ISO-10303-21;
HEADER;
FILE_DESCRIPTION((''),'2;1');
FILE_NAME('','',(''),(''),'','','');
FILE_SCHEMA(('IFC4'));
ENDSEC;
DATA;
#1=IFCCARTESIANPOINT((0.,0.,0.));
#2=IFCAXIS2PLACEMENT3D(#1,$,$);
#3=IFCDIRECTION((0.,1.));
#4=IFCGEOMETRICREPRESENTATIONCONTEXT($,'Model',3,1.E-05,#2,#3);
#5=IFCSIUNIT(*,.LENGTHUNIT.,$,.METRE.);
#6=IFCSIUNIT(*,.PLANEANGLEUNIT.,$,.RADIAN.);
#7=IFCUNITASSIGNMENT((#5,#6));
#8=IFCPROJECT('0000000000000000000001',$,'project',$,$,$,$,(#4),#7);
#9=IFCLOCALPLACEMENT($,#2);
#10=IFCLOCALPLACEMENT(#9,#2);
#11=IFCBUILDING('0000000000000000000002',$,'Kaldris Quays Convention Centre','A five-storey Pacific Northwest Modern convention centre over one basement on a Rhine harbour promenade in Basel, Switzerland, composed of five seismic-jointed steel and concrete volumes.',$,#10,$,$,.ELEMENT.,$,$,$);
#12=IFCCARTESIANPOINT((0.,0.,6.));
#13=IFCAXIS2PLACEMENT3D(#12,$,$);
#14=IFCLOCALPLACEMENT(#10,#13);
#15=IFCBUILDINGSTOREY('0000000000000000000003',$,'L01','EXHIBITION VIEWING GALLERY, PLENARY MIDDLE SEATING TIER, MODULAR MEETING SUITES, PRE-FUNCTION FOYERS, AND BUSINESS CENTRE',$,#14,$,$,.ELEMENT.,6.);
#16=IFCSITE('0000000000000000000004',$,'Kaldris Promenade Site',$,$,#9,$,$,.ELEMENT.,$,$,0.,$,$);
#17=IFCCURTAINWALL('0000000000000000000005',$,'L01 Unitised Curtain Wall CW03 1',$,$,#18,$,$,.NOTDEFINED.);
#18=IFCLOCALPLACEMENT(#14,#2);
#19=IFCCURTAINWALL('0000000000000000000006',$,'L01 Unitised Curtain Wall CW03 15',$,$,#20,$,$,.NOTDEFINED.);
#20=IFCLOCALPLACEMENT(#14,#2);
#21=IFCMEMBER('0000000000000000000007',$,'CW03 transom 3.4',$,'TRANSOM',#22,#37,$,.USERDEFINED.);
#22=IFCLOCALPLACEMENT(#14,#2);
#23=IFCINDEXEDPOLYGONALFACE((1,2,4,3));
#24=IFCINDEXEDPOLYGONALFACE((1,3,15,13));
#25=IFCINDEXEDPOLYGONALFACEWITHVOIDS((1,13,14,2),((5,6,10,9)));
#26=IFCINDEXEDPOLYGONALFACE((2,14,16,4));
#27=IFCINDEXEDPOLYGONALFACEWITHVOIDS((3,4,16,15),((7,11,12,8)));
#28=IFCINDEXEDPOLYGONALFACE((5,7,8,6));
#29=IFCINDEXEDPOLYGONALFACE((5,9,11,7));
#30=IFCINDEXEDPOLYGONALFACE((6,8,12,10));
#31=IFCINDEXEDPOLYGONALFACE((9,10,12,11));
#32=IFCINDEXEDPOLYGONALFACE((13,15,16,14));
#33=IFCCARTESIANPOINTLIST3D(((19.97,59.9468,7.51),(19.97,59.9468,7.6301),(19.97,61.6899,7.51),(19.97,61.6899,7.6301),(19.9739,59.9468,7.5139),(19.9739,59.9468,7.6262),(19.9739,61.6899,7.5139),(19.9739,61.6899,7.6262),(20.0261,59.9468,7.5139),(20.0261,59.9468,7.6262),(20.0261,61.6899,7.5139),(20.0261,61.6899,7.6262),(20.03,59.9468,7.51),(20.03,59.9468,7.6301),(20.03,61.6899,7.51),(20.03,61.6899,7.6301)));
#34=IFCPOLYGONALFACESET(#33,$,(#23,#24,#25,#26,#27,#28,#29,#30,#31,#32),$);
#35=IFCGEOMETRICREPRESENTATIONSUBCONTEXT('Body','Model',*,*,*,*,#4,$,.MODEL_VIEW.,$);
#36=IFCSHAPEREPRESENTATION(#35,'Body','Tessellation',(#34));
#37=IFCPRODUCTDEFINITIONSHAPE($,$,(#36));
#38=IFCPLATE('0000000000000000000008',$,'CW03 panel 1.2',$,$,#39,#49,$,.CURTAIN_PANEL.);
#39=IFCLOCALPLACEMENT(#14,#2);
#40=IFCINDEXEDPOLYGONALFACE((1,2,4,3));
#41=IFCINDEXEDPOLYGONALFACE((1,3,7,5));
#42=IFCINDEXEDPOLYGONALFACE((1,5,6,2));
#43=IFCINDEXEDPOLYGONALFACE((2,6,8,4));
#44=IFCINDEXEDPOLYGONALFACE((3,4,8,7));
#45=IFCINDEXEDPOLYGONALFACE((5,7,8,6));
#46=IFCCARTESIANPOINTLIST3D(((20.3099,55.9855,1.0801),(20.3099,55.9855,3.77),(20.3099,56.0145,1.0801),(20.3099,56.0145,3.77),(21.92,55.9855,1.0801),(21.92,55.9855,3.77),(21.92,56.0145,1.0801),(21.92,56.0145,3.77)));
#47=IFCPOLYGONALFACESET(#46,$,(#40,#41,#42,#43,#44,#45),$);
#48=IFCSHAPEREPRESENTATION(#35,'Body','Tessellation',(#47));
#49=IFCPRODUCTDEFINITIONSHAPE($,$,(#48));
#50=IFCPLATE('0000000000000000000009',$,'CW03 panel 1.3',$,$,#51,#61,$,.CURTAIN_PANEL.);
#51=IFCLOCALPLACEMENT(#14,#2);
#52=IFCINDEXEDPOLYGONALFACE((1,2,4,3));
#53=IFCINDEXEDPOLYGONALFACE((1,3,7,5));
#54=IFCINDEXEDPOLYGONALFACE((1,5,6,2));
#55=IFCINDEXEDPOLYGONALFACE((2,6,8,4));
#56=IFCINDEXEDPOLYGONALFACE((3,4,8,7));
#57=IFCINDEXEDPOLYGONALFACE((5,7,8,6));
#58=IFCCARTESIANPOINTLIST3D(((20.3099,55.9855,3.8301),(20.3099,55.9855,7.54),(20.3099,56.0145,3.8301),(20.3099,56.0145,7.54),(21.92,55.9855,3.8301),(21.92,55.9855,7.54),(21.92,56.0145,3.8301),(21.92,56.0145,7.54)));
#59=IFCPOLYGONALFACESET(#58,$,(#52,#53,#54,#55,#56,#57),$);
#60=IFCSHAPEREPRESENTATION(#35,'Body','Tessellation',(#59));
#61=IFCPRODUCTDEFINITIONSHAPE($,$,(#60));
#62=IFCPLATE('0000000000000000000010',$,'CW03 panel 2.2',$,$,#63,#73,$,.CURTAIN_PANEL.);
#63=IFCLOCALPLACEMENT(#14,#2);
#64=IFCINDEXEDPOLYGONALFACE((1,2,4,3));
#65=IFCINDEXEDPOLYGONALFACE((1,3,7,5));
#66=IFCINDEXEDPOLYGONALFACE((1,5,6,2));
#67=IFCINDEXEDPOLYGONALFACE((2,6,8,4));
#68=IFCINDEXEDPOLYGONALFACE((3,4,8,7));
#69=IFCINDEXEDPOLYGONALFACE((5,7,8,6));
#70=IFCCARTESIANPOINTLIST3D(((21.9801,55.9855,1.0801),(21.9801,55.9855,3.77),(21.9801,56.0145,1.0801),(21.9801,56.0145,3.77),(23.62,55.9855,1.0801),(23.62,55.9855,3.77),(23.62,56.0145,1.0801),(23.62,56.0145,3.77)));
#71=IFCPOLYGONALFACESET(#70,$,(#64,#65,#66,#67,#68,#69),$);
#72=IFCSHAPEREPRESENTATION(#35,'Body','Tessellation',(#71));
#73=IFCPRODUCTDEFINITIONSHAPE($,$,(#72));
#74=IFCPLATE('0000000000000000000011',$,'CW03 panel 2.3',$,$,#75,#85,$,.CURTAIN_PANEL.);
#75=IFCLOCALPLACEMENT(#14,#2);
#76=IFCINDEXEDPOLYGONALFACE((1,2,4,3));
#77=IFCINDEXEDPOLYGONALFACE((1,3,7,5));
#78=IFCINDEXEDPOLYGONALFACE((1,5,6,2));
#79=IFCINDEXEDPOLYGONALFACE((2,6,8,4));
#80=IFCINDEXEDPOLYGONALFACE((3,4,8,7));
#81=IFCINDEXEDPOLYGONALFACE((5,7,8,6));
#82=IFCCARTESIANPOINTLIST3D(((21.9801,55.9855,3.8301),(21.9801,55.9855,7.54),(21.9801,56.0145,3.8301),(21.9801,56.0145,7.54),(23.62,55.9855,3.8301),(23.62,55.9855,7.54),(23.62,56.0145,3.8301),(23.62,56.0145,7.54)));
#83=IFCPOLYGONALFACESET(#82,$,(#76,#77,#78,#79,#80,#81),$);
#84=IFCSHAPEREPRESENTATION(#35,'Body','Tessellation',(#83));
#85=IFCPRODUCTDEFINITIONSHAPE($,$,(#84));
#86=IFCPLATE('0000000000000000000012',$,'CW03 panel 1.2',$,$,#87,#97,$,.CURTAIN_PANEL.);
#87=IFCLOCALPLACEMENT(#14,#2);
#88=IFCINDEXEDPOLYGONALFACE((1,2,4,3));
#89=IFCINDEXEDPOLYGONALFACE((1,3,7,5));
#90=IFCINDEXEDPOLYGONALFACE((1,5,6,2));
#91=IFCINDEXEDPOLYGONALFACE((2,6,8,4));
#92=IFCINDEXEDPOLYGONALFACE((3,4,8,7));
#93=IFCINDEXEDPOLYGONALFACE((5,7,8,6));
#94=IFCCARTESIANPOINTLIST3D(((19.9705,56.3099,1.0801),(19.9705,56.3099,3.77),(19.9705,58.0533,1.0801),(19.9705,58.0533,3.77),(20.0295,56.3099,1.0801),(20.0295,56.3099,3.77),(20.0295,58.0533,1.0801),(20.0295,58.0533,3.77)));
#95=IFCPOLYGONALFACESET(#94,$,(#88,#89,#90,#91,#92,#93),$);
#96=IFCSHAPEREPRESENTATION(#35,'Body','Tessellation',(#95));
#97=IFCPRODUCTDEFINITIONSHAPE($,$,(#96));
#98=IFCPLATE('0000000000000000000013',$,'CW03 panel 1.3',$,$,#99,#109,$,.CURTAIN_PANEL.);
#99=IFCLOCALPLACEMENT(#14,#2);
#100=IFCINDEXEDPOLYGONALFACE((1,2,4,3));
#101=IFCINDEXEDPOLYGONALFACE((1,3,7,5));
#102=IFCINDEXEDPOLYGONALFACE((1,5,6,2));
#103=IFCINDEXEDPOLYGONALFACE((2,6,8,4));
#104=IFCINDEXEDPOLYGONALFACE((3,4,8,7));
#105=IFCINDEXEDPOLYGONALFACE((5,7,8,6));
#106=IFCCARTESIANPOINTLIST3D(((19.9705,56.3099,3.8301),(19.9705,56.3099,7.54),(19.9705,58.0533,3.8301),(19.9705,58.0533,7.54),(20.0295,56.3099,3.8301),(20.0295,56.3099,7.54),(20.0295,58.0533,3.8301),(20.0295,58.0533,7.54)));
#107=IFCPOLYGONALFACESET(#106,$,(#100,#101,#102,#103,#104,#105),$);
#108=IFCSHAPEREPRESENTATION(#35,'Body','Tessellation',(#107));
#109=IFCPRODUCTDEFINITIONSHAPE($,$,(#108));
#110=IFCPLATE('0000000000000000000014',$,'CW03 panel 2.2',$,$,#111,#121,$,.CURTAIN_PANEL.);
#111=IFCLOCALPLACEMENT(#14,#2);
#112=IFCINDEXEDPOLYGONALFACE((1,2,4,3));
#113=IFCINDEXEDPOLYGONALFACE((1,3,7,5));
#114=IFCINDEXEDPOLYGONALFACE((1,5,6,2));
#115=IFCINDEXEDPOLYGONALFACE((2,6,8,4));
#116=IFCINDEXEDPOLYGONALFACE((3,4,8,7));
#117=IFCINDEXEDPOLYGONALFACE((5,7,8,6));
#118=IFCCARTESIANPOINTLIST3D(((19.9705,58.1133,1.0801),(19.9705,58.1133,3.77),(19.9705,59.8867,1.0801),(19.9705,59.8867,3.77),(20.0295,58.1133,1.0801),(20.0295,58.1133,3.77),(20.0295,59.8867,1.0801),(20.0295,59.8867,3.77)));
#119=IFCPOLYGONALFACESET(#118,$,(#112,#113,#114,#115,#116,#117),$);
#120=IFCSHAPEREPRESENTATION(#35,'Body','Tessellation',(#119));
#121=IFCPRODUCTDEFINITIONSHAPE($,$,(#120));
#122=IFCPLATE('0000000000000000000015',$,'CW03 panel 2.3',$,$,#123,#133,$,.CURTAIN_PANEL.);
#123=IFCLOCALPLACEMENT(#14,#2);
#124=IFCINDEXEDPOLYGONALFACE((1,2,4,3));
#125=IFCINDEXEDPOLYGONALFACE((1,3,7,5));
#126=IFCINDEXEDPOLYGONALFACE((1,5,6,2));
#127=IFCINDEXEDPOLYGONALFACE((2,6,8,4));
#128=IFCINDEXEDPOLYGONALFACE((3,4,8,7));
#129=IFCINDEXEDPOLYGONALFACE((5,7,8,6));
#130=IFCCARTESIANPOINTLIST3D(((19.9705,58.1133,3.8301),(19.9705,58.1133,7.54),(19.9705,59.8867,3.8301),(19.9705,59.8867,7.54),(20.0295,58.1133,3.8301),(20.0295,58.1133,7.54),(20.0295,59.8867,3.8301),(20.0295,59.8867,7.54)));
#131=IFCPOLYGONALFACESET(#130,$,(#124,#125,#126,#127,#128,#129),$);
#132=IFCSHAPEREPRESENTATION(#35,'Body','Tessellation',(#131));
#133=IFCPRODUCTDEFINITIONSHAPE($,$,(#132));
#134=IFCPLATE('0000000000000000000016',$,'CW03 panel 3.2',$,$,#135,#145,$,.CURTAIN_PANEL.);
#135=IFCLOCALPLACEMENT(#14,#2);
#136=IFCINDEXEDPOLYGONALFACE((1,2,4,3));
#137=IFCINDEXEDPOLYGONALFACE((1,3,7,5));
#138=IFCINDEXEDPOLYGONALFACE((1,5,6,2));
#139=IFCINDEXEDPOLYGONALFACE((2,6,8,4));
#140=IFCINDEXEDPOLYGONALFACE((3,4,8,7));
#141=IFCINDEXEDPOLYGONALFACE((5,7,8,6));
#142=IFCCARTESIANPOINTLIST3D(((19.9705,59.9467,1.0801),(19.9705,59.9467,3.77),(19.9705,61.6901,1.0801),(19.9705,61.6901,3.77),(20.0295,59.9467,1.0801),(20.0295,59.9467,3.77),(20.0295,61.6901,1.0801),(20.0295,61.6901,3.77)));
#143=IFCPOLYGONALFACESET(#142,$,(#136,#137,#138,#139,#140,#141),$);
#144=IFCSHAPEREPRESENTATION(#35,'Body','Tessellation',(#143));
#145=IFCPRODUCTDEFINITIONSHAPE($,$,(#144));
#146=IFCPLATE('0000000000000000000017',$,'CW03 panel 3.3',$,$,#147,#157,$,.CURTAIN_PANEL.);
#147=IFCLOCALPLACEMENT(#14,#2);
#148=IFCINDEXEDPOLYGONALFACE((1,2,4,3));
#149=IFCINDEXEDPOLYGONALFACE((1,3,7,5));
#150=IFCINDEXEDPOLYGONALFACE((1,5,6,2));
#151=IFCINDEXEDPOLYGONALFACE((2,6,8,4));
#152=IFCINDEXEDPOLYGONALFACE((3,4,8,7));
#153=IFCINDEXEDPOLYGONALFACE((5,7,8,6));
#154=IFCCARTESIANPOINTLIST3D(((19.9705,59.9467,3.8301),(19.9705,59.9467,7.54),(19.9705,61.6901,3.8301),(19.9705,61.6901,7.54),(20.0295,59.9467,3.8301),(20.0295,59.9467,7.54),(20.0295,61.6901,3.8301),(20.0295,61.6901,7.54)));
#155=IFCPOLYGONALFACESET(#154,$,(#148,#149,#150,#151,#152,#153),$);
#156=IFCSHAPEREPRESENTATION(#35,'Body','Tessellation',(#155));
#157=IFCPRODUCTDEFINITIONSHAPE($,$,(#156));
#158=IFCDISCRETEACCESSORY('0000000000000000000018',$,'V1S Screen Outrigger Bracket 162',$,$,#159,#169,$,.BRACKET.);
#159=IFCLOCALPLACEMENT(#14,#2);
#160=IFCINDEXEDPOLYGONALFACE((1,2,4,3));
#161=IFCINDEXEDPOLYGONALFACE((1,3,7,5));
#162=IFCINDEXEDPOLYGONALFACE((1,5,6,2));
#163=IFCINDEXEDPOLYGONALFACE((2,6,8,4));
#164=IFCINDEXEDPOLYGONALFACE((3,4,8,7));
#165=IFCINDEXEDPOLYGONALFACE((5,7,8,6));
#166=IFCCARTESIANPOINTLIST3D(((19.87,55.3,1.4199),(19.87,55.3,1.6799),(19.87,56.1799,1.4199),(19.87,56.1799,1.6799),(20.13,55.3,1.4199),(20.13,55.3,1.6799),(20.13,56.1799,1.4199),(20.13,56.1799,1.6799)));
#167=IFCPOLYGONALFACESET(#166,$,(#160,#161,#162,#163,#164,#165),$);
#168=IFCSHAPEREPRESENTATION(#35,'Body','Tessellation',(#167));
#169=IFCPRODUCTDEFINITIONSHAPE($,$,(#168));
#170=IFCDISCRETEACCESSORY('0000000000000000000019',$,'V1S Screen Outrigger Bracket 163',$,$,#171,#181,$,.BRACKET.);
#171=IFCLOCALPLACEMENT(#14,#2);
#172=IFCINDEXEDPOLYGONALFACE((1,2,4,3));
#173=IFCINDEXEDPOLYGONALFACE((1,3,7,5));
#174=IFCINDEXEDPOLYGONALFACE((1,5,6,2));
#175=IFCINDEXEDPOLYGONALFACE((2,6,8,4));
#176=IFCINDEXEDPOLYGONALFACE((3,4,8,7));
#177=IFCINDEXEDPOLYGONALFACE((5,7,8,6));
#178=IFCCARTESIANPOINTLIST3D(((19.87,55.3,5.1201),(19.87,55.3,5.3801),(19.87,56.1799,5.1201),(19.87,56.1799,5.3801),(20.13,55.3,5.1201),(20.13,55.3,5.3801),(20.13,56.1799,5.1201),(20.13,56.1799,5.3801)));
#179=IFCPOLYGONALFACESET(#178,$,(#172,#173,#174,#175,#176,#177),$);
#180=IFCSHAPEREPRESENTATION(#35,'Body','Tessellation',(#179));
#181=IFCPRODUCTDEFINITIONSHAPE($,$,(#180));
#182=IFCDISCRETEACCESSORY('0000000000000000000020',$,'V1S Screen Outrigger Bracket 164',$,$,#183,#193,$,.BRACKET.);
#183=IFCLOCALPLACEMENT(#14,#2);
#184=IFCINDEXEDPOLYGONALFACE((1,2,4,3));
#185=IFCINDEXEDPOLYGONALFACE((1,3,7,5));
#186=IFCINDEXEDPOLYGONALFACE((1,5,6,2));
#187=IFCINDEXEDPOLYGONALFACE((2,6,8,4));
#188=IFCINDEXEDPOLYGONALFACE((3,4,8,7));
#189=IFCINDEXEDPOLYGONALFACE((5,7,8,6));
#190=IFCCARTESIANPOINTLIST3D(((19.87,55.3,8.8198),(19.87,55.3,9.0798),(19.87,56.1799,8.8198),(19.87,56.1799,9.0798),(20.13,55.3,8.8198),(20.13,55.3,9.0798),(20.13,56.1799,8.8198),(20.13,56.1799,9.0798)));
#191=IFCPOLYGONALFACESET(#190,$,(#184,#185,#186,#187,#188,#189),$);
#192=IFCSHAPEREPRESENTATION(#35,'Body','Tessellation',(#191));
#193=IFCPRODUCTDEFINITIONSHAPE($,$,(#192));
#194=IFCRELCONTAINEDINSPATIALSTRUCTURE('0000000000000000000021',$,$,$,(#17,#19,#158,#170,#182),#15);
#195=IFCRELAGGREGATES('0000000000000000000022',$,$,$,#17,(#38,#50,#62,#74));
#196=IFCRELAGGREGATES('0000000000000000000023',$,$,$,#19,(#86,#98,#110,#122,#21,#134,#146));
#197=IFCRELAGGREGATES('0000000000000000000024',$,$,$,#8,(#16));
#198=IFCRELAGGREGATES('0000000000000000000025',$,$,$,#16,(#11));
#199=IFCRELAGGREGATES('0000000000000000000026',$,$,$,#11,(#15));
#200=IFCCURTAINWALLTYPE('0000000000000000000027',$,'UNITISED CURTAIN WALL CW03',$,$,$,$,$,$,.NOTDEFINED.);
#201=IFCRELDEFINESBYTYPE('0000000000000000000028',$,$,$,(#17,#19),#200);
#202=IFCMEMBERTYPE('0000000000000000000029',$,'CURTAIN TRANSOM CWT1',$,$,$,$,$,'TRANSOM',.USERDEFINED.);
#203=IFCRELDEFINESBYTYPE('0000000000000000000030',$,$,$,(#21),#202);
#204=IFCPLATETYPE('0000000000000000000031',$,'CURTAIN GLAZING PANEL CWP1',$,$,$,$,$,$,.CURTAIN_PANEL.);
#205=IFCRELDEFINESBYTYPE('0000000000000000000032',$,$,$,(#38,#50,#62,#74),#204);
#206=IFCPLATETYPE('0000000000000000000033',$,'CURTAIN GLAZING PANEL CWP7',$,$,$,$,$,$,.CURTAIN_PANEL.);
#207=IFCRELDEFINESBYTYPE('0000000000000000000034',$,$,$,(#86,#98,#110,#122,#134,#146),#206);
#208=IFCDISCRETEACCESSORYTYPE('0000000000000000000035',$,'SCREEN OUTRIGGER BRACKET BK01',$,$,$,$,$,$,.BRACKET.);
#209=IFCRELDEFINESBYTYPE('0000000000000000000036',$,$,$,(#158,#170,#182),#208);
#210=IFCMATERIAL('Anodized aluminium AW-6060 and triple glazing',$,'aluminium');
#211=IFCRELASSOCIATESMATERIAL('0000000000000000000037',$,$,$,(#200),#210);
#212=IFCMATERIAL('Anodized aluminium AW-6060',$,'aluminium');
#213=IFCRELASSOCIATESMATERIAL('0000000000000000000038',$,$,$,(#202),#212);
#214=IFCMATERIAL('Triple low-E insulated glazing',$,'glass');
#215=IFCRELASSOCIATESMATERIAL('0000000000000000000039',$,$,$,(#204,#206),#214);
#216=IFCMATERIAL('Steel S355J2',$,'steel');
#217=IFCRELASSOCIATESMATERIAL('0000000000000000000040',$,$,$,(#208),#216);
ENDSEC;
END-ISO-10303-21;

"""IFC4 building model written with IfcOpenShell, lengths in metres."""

from ifc_helpers import new_model, si_unit, direction, frame, origin, origin_2d, place, context, subcontext, project, spatial, rectangle, hollow_rectangle, extrude, material, material_profile, profile_set, type_object, element, aggregate, save


model = new_model("IFC4")

# Units and contexts
model_context = context("Model", 3, precision=1e-05, world=origin(), true_north=direction((0.0, 1.0)))
body_context = subcontext(model_context, "Body", "Model", "MODEL_VIEW")
ifc_project = project(units=[si_unit("LENGTHUNIT", "METRE"), si_unit("PLANEANGLEUNIT", "RADIAN")], contexts=[model_context])

# Site, building, storey
site_placement = place(None, origin())
site = spatial("IfcSite", under=ifc_project, at=site_placement, Name="Kaldris Promenade Site", CompositionType="ELEMENT", RefElevation=0.0)
building_placement = place(site_placement, origin())
building = spatial("IfcBuilding", under=site, at=building_placement, Name="Kaldris Quays Convention Centre", Description="A five-storey Pacific Northwest Modern convention centre over one basement on a Rhine harbour promenade in Basel, Switzerland, composed of five seismic-jointed steel and concrete volumes.", CompositionType="ELEMENT")
storey_placement = place(building_placement, frame((0.0, 0.0, 6.0)))
storey = spatial("IfcBuildingStorey", under=building, at=storey_placement, Name="L01", Description="EXHIBITION VIEWING GALLERY, PLENARY MIDDLE SEATING TIER, MODULAR MEETING SUITES, PRE-FUNCTION FOYERS, AND BUSINESS CENTRE", CompositionType="ELEMENT", Elevation=6.0)

# Curtain walls, member
ifc_material_1 = material(Name="Anodized aluminium AW-6060 and triple glazing", Category="aluminium")
curtain_wall_type = type_object("IfcCurtainWallType", Name="UNITISED CURTAIN WALL CW03", PredefinedType="NOTDEFINED", material=ifc_material_1)
curtain_wall_1_placement = place(storey_placement, origin())
curtain_wall_1 = element("IfcCurtainWall", 1, at=curtain_wall_1_placement, inside=storey, type_object=curtain_wall_type, Name="L01 Unitised Curtain Wall CW03 1", PredefinedType="NOTDEFINED")
ifc_material_2 = material(Name="Anodized aluminium AW-6060", Category="aluminium")
ifc_material_profile = material_profile(ifc_material_2, hollow_rectangle(XDim=0.0601, YDim=0.1201, WallThickness=0.0039, at=origin_2d()), Name="RHS 120x60x4")
ifc_profile_set = profile_set([ifc_material_profile], Name="Anodized aluminium AW-6060")
member_type = type_object("IfcMemberType", Name="CURTAIN TRANSOM CWT1", ElementType="TRANSOM", PredefinedType="USERDEFINED", material=ifc_profile_set)
curtain_wall_2_placement = place(storey_placement, origin())
curtain_wall_2 = element("IfcCurtainWall", 2, at=curtain_wall_2_placement, inside=storey, type_object=curtain_wall_type, Name="L01 Unitised Curtain Wall CW03 15", PredefinedType="NOTDEFINED")
member_1_placement = place(storey_placement, frame((20.0, 59.9468, 7.5701), z_axis=(0.0, 1.0, 0.0), x_axis=(-1.0, 0.0, 0.0)))
member_1 = element("IfcMember", 3, at=member_1_placement, type_object=member_type, Name="CW03 transom 3.4", ObjectType="TRANSOM", PredefinedType="USERDEFINED", context=body_context, shape_type="SweptSolid", body=[
    extrude(hollow_rectangle(XDim=0.0601, YDim=0.1201, WallThickness=0.0039, at=origin_2d()), origin(), (0.0, 0.0, 1.0), 1.7432),
])

# Plates
ifc_material_3 = material(Name="Triple low-E insulated glazing", Category="glass")
plate_type_1 = type_object("IfcPlateType", Name="CURTAIN GLAZING PANEL CWP1", PredefinedType="CURTAIN_PANEL", material=ifc_material_3)
plate_1_placement = place(storey_placement, frame((21.115, 56.0, 1.0801), z_axis=(0.0, 0.0, 1.0), x_axis=(1.0, 0.0, 0.0)))
plate_1 = element("IfcPlate", 4, at=plate_1_placement, type_object=plate_type_1, Name="CW03 panel 1.2", PredefinedType="CURTAIN_PANEL", context=body_context, shape_type="SweptSolid", body=[
    extrude(rectangle(XDim=1.6101, YDim=0.0291, at=origin_2d()), origin(), (0.0, 0.0, 1.0), 2.6899),
])
plate_2_placement = place(storey_placement, frame((21.115, 56.0, 3.8301), z_axis=(0.0, 0.0, 1.0), x_axis=(1.0, 0.0, 0.0)))
plate_2 = element("IfcPlate", 5, at=plate_2_placement, type_object=plate_type_1, Name="CW03 panel 1.3", PredefinedType="CURTAIN_PANEL", context=body_context, shape_type="SweptSolid", body=[
    extrude(rectangle(XDim=1.6101, YDim=0.0291, at=origin_2d()), origin(), (0.0, 0.0, 1.0), 3.71),
])
plate_3_placement = place(storey_placement, frame((22.8, 56.0, 1.0801), z_axis=(0.0, 0.0, 1.0), x_axis=(1.0, 0.0, 0.0)))
plate_3 = element("IfcPlate", 6, at=plate_3_placement, type_object=plate_type_1, Name="CW03 panel 2.2", PredefinedType="CURTAIN_PANEL", context=body_context, shape_type="SweptSolid", body=[
    extrude(rectangle(XDim=1.6399, YDim=0.0291, at=origin_2d()), origin(), (0.0, 0.0, 1.0), 2.6899),
])
plate_4_placement = place(storey_placement, frame((22.8, 56.0, 3.8301), z_axis=(0.0, 0.0, 1.0), x_axis=(1.0, 0.0, 0.0)))
plate_4 = element("IfcPlate", 7, at=plate_4_placement, type_object=plate_type_1, Name="CW03 panel 2.3", PredefinedType="CURTAIN_PANEL", context=body_context, shape_type="SweptSolid", body=[
    extrude(rectangle(XDim=1.6399, YDim=0.0291, at=origin_2d()), origin(), (0.0, 0.0, 1.0), 3.71),
])
aggregate(curtain_wall_1, [plate_1, plate_2, plate_3, plate_4])
plate_type_2 = type_object("IfcPlateType", Name="CURTAIN GLAZING PANEL CWP7", PredefinedType="CURTAIN_PANEL", material=ifc_material_3)
plate_5_placement = place(storey_placement, frame((20.0, 57.1816, 1.0801), z_axis=(0.0, 0.0, 1.0), x_axis=(0.0, 1.0, 0.0)))
plate_5 = element("IfcPlate", 8, at=plate_5_placement, type_object=plate_type_2, Name="CW03 panel 1.2", PredefinedType="CURTAIN_PANEL", context=body_context, shape_type="SweptSolid", body=[
    extrude(rectangle(XDim=1.7434, YDim=0.0591, at=origin_2d()), origin(), (0.0, 0.0, 1.0), 2.6899),
])
plate_6_placement = place(storey_placement, frame((20.0, 57.1816, 3.8301), z_axis=(0.0, 0.0, 1.0), x_axis=(0.0, 1.0, 0.0)))
plate_6 = element("IfcPlate", 9, at=plate_6_placement, type_object=plate_type_2, Name="CW03 panel 1.3", PredefinedType="CURTAIN_PANEL", context=body_context, shape_type="SweptSolid", body=[
    extrude(rectangle(XDim=1.7434, YDim=0.0591, at=origin_2d()), origin(), (0.0, 0.0, 1.0), 3.71),
])
plate_7_placement = place(storey_placement, frame((20.0, 59.0, 1.0801), z_axis=(0.0, 0.0, 1.0), x_axis=(0.0, 1.0, 0.0)))
plate_7 = element("IfcPlate", 10, at=plate_7_placement, type_object=plate_type_2, Name="CW03 panel 2.2", PredefinedType="CURTAIN_PANEL", context=body_context, shape_type="SweptSolid", body=[
    extrude(rectangle(XDim=1.7734, YDim=0.0591, at=origin_2d()), origin(), (0.0, 0.0, 1.0), 2.6899),
])
plate_8_placement = place(storey_placement, frame((20.0, 59.0, 3.8301), z_axis=(0.0, 0.0, 1.0), x_axis=(0.0, 1.0, 0.0)))
plate_8 = element("IfcPlate", 11, at=plate_8_placement, type_object=plate_type_2, Name="CW03 panel 2.3", PredefinedType="CURTAIN_PANEL", context=body_context, shape_type="SweptSolid", body=[
    extrude(rectangle(XDim=1.7734, YDim=0.0591, at=origin_2d()), origin(), (0.0, 0.0, 1.0), 3.71),
])
plate_9_placement = place(storey_placement, frame((20.0, 60.8184, 1.0801), z_axis=(0.0, 0.0, 1.0), x_axis=(0.0, 1.0, 0.0)))
plate_9 = element("IfcPlate", 12, at=plate_9_placement, type_object=plate_type_2, Name="CW03 panel 3.2", PredefinedType="CURTAIN_PANEL", context=body_context, shape_type="SweptSolid", body=[
    extrude(rectangle(XDim=1.7434, YDim=0.0591, at=origin_2d()), origin(), (0.0, 0.0, 1.0), 2.6899),
])
plate_10_placement = place(storey_placement, frame((20.0, 60.8184, 3.8301), z_axis=(0.0, 0.0, 1.0), x_axis=(0.0, 1.0, 0.0)))
plate_10 = element("IfcPlate", 13, at=plate_10_placement, type_object=plate_type_2, Name="CW03 panel 3.3", PredefinedType="CURTAIN_PANEL", context=body_context, shape_type="SweptSolid", body=[
    extrude(rectangle(XDim=1.7434, YDim=0.0591, at=origin_2d()), origin(), (0.0, 0.0, 1.0), 3.71),
])
aggregate(curtain_wall_2, [plate_5, plate_6, plate_7, plate_8, member_1, plate_9, plate_10])

# Discrete accessories
ifc_material_4 = material(Name="Steel S355J2", Category="steel")
discrete_accessory_type = type_object("IfcDiscreteAccessoryType", Name="SCREEN OUTRIGGER BRACKET BK01", PredefinedType="BRACKET", material=ifc_material_4)
for number, where, z_axis, x_axis, name in (
    (14, (20.0, 55.74, 1.4199), (0.0, 0.0, 1.0), (1.0, 0.0, 0.0), "V1S Screen Outrigger Bracket 162"),
    (15, (20.0, 55.74, 5.1201), (0.0, 0.0, 1.0), (1.0, 0.0, 0.0), "V1S Screen Outrigger Bracket 163"),
    (16, (20.0, 55.74, 8.8198), (0.0, 0.0, 1.0), (1.0, 0.0, 0.0), "V1S Screen Outrigger Bracket 164"),
):
    element("IfcDiscreteAccessory", number, at=place(storey_placement, frame(where, z_axis=z_axis, x_axis=x_axis)), inside=storey, type_object=discrete_accessory_type, Name=name, PredefinedType="BRACKET", context=body_context, shape_type="SweptSolid", body=[
        extrude(rectangle(XDim=0.26, YDim=0.8799, at=origin_2d()), origin(), (0.0, 0.0, 1.0), 0.26),
    ])

save(model, "model.ifc")
